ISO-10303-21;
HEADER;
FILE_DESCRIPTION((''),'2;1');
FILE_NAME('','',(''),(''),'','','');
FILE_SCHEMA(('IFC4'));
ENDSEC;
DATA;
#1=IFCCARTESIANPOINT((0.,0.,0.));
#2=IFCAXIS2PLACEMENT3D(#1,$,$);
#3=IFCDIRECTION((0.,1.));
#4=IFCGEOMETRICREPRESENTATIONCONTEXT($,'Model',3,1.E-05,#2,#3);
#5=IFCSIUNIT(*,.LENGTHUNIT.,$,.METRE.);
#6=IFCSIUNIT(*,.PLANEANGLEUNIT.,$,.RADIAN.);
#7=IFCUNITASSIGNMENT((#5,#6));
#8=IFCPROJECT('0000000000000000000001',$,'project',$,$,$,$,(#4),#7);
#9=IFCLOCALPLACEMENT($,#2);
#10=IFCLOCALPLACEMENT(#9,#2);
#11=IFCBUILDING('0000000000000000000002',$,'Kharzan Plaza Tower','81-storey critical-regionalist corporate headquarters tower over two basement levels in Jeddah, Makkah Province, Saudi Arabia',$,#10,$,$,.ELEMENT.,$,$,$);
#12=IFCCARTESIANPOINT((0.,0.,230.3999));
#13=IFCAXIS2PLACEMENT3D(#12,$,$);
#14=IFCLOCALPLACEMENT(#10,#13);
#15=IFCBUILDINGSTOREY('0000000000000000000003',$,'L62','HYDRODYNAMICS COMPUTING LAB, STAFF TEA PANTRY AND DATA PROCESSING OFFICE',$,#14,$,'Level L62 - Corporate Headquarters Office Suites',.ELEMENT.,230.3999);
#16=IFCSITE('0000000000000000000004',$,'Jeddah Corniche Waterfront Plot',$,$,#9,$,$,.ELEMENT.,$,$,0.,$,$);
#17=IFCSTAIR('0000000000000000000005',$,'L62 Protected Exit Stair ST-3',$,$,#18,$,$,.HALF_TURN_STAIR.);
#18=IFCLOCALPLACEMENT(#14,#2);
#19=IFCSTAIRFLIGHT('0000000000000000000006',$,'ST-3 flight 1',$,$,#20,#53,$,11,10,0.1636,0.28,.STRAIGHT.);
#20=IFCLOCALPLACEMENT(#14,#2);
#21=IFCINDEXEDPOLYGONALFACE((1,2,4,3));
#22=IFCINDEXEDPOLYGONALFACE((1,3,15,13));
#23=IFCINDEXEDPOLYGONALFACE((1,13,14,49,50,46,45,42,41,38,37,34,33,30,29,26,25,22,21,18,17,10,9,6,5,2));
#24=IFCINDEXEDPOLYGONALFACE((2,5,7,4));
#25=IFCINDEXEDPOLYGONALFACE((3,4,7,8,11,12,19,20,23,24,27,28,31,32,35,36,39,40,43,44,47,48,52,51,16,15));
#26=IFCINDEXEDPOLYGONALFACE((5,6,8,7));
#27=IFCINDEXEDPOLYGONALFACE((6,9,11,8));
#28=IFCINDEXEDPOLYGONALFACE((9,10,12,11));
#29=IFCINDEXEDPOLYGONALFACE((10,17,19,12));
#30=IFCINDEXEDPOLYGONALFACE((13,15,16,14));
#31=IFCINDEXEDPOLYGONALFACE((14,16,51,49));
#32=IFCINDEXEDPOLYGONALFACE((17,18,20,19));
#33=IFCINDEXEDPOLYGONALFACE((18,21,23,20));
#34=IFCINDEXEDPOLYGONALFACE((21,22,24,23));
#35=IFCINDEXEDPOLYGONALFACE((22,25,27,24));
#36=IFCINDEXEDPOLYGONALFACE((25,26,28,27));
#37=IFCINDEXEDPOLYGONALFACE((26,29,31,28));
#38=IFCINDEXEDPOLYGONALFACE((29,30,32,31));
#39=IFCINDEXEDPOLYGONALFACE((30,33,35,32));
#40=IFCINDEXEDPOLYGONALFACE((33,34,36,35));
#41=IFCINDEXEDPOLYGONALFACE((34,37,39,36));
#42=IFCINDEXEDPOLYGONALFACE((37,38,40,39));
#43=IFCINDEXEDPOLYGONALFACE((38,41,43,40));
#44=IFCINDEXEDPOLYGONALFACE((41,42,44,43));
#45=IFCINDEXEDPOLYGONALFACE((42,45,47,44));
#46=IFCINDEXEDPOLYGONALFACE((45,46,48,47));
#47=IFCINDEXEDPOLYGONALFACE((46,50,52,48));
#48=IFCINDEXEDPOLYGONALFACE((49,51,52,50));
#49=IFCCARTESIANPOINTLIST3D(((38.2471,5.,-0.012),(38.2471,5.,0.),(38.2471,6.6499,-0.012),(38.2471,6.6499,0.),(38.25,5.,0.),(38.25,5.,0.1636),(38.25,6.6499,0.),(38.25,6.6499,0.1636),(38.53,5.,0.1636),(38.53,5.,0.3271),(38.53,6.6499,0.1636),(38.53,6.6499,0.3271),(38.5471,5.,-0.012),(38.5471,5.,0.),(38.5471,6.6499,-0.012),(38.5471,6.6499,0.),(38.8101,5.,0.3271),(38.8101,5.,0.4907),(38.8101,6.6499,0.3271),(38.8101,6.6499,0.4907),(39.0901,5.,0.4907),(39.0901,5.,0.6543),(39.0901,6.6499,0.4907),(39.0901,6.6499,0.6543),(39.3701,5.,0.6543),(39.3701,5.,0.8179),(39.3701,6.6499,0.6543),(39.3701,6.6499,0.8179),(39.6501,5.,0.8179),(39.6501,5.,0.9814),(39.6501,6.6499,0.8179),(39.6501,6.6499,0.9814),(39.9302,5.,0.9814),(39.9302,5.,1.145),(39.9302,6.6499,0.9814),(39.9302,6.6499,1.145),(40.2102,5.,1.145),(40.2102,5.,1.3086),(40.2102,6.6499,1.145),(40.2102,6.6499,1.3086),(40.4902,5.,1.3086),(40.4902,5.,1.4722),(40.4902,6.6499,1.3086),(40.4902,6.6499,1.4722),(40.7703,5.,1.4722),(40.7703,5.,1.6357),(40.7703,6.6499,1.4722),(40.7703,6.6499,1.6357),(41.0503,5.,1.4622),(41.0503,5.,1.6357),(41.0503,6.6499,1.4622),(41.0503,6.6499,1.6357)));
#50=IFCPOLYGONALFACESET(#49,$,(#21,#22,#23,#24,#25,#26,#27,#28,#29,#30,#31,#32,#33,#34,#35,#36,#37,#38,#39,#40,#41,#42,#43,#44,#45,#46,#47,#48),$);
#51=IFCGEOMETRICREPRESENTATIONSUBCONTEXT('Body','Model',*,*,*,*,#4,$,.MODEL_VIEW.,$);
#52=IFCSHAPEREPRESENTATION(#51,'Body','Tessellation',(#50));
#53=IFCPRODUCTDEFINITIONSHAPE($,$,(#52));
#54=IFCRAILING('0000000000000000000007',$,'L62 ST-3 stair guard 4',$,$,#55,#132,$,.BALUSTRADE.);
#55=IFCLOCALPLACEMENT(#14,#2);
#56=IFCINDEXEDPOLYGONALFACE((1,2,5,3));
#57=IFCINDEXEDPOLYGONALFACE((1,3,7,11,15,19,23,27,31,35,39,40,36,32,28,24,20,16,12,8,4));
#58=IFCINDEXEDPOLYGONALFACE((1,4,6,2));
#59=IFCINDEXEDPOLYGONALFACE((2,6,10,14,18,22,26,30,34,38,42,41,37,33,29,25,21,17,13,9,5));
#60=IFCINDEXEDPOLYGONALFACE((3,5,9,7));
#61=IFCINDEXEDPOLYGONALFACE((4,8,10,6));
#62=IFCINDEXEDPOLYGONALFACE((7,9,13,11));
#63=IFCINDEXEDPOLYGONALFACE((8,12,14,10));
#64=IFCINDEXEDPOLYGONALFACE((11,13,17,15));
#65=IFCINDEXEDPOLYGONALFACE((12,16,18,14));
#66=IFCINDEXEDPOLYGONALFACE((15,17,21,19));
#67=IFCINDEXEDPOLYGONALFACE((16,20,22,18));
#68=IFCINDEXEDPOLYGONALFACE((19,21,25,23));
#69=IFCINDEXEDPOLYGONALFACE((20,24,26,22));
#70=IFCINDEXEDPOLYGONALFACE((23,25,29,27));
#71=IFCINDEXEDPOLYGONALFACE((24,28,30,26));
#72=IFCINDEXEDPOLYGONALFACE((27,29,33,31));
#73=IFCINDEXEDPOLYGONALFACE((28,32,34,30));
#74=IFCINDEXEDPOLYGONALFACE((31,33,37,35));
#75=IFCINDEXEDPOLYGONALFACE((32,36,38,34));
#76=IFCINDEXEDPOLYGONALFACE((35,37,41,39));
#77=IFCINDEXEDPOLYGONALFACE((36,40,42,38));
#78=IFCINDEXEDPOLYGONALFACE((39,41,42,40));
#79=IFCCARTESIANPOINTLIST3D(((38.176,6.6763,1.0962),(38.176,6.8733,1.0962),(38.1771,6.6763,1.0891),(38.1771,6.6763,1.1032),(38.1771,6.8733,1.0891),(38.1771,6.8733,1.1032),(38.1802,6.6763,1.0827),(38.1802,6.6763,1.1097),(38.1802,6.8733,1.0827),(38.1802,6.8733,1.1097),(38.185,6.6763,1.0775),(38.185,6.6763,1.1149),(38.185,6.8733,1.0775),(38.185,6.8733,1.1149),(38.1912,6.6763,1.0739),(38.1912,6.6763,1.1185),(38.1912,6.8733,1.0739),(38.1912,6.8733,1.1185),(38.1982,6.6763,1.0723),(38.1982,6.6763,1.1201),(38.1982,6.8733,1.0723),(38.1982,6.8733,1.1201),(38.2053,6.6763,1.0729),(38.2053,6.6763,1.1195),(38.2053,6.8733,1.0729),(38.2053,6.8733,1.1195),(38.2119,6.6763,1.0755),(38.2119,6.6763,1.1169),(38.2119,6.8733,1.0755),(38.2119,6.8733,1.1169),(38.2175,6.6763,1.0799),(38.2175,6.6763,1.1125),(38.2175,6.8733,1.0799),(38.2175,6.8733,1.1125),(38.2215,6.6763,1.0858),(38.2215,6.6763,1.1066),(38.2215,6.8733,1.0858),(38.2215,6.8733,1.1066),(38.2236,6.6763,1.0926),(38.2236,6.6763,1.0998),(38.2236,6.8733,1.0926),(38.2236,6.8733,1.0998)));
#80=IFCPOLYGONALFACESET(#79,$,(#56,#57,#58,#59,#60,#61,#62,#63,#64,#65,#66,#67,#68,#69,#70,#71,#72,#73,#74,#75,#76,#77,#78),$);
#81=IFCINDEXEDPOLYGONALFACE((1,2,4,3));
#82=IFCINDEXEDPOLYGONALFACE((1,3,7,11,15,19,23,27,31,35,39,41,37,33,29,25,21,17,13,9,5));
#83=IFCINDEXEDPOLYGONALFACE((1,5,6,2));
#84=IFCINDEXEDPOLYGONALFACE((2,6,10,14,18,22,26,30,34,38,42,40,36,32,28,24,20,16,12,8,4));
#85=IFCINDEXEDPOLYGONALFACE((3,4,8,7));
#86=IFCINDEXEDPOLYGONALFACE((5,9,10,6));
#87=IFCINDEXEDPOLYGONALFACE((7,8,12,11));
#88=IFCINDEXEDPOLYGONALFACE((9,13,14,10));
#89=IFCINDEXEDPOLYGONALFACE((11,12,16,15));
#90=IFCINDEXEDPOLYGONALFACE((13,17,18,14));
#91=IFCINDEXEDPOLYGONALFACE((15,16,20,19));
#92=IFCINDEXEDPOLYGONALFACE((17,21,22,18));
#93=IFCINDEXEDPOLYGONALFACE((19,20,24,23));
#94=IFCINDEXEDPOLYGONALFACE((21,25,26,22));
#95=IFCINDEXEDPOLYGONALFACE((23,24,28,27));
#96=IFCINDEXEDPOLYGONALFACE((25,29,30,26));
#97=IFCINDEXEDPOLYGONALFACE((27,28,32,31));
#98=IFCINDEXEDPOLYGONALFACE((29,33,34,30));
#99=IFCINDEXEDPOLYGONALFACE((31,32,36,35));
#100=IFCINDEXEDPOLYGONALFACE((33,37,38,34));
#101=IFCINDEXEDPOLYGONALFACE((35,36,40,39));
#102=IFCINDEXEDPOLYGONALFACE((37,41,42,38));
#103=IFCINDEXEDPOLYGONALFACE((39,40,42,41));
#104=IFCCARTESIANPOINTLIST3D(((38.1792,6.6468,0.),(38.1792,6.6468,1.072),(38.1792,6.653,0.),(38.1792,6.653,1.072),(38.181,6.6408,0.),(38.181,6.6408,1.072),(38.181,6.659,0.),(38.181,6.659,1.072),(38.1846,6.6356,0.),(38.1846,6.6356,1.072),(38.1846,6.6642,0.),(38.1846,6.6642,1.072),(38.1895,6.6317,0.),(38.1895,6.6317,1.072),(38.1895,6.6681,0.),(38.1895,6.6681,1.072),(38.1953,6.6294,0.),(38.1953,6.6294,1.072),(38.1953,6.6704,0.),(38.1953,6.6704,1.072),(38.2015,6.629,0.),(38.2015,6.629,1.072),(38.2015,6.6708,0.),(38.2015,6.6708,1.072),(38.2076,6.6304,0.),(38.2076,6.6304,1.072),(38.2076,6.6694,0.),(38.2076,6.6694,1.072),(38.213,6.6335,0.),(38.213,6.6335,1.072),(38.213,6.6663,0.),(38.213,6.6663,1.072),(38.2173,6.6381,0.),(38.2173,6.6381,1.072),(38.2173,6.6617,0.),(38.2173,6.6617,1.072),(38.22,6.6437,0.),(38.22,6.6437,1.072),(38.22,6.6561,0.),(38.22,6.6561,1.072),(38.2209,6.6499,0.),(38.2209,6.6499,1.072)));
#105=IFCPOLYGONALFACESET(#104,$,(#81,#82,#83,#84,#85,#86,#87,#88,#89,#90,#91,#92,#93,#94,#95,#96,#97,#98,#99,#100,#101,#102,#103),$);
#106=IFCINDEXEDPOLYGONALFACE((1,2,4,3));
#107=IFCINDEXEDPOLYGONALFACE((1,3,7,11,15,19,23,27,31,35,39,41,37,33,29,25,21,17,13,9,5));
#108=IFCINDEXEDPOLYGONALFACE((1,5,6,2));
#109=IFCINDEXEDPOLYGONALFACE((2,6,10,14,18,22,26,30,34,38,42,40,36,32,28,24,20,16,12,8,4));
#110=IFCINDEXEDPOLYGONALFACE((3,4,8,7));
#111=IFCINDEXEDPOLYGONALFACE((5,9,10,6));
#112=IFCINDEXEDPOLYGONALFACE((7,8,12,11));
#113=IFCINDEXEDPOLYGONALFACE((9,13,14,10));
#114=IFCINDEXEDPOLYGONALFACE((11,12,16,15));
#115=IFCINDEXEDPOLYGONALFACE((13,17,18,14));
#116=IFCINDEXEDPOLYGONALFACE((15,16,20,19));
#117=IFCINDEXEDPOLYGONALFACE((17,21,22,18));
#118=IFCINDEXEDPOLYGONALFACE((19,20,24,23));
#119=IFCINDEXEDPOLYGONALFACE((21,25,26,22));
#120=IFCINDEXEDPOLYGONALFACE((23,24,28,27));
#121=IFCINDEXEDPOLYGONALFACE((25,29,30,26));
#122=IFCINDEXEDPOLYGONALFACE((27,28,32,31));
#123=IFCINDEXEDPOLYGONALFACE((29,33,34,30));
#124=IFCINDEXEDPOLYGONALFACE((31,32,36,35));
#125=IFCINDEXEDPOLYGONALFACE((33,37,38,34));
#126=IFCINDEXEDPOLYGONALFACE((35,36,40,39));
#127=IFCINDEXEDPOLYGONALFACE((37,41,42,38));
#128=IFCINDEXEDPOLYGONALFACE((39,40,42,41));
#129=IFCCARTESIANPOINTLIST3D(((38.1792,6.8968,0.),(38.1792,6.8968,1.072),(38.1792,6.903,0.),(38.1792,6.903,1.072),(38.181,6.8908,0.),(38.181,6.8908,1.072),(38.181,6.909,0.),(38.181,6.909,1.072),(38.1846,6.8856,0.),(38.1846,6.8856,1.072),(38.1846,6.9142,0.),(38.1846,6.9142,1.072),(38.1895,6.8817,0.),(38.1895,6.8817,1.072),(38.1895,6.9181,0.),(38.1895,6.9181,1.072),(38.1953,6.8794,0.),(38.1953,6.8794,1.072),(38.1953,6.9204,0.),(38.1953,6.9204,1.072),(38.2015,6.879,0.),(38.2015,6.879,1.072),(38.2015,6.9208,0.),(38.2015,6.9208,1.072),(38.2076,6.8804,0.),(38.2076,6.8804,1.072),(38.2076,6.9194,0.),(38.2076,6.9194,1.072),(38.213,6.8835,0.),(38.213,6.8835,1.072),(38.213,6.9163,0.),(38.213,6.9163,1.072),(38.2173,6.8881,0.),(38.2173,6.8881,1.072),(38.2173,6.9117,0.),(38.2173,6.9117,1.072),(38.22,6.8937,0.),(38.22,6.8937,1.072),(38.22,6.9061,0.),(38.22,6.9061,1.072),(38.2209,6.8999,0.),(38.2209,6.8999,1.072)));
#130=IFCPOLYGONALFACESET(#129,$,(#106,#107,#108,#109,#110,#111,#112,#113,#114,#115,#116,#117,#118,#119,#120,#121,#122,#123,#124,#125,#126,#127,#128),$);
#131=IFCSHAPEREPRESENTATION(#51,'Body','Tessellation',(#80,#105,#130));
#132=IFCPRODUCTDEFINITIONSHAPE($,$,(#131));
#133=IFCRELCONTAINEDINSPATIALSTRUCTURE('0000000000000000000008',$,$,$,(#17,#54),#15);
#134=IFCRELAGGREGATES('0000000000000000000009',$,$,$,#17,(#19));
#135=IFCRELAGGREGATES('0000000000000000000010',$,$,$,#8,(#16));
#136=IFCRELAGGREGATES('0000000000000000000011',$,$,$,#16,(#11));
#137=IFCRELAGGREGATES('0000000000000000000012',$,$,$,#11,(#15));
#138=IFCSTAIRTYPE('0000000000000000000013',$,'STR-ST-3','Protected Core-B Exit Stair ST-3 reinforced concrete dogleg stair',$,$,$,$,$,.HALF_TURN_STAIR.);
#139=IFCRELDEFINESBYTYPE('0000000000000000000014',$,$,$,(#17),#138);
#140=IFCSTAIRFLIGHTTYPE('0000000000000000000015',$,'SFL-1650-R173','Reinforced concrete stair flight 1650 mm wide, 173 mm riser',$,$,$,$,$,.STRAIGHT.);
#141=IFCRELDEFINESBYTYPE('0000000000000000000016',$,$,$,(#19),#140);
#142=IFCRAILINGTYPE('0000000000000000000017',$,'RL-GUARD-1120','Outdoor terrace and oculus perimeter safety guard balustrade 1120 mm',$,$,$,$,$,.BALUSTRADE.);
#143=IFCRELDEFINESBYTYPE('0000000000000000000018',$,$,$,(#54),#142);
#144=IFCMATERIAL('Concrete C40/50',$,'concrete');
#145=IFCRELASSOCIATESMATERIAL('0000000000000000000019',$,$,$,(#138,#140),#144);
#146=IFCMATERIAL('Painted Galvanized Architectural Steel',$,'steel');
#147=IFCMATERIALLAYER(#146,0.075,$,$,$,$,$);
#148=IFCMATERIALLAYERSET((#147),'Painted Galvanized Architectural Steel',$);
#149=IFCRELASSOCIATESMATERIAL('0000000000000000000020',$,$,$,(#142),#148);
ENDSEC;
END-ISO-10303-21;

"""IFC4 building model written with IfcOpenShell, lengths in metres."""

from ifc_helpers import new_model, si_unit, direction, frame, origin, origin_2d, place, context, subcontext, project, spatial, polyline, circle, outline, extrude, source, transform, mapped, material, layer, layer_set, type_object, element, aggregate, save


model = new_model("IFC4")

# Units and contexts
model_context = context("Model", 3, precision=1e-05, world=origin(), true_north=direction((0.0, 1.0)))
body_context = subcontext(model_context, "Body", "Model", "MODEL_VIEW")
ifc_project = project(units=[si_unit("LENGTHUNIT", "METRE"), si_unit("PLANEANGLEUNIT", "RADIAN")], contexts=[model_context])

# Site, building, storey
site_placement = place(None, origin())
site = spatial("IfcSite", under=ifc_project, at=site_placement, Name="Jeddah Corniche Waterfront Plot", CompositionType="ELEMENT", RefElevation=0.0)
building_placement = place(site_placement, origin())
building = spatial("IfcBuilding", under=site, at=building_placement, Name="Kharzan Plaza Tower", Description="81-storey critical-regionalist corporate headquarters tower over two basement levels in Jeddah, Makkah Province, Saudi Arabia", CompositionType="ELEMENT")
storey_placement = place(building_placement, frame((0.0, 0.0, 230.3999)))
storey = spatial("IfcBuildingStorey", under=building, at=storey_placement, Name="L62", Description="HYDRODYNAMICS COMPUTING LAB, STAFF TEA PANTRY AND DATA PROCESSING OFFICE", LongName="Level L62 - Corporate Headquarters Office Suites", CompositionType="ELEMENT", Elevation=230.3999)

# Shared definitions
ifc_material_1 = material(Name="Concrete C40/50", Category="concrete")

# Stair, stair flight
stair_type = type_object("IfcStairType", Name="STR-ST-3", Description="Protected Core-B Exit Stair ST-3 reinforced concrete dogleg stair", PredefinedType="HALF_TURN_STAIR", material=ifc_material_1)
stair_placement = place(storey_placement, origin())
stair = element("IfcStair", 1, at=stair_placement, inside=storey, type_object=stair_type, Name="L62 Protected Exit Stair ST-3", PredefinedType="HALF_TURN_STAIR")
stair_flight_type = type_object("IfcStairFlightType", Name="SFL-1650-R173", Description="Reinforced concrete stair flight 1650 mm wide, 173 mm riser", PredefinedType="STRAIGHT", material=ifc_material_1)
shared_shape_1 = source(origin(), body_context, "Body", "SweptSolid", [
    extrude(outline(polyline([(-0.0029, -0.012), (-0.0029, 0.0), (0.0, 0.0), (0.0, 0.1636), (0.28, 0.1636), (0.28, 0.3271), (0.5601, 0.3271), (0.5601, 0.4907), (0.8401, 0.4907), (0.8401, 0.6543), (1.1201, 0.6543), (1.1201, 0.8179), (1.4001, 0.8179), (1.4001, 0.9814), (1.6802, 0.9814), (1.6802, 1.145), (1.9602, 1.145), (1.9602, 1.3086), (2.2402, 1.3086), (2.2402, 1.4722), (2.5203, 1.4722), (2.5203, 1.6357), (2.8003, 1.6357), (2.8003, 1.7993), (2.8003, 1.4622), (0.2971, 0.0), (0.2971, -0.012), (-0.0029, -0.012)])), frame((0.0, 0.825, 0.0), z_axis=(0.0, -1.0, 0.0), x_axis=(1.0, 0.0, 0.0)), (0.0, 0.0, 1.0), 1.6499),
])
stair_flight_placement = place(storey_placement, frame((38.25, 5.825, 0.0), z_axis=(0.0, 0.0, 1.0), x_axis=(1.0, 0.0, 0.0)))
stair_flight = element("IfcStairFlight", 2, at=stair_flight_placement, type_object=stair_flight_type, Name="ST-3 flight 1", NumberOfRisers=11, NumberOfTreads=10, PredefinedType="STRAIGHT", RiserHeight=0.1636, TreadLength=0.28, context=body_context, shape_type="MappedRepresentation", body=[
    mapped(shared_shape_1, transform((0.0, 0.0, 0.0), x_axis=(1.0, 0.0, 0.0), y_axis=(0.0, 1.0, 0.0), z_axis=(0.0, 0.0, 1.0))),
])
aggregate(stair, [stair_flight])

# Railing
ifc_material_2 = material(Name="Painted Galvanized Architectural Steel", Category="steel")
ifc_layer_1 = layer(ifc_material_2, 0.075)
ifc_layer_set_1 = layer_set([ifc_layer_1], Name="Painted Galvanized Architectural Steel")
railing_type_1 = type_object("IfcRailingType", Name="RL-GUARD-1120", Description="Outdoor terrace and oculus perimeter safety guard balustrade 1120 mm", PredefinedType="BALUSTRADE", material=ifc_layer_set_1)
shared_shape_2 = source(origin(), body_context, "Body", "SweptSolid", [
    extrude(circle(Radius=0.0239, at=origin_2d()), frame((0.0, 0.0264, 1.0962), z_axis=(0.0, 1.0, 0.0), x_axis=(-1.0, 0.0, 0.0)), (0.0, 0.0, 1.0), 0.197),
    extrude(circle(Radius=0.021, at=origin_2d()), origin(), (0.0, 0.0, 1.0), 1.072),
    extrude(circle(Radius=0.021, at=origin_2d()), frame((0.0, 0.25, 0.0)), (0.0, 0.0, 1.0), 1.072),
])
railing_1_placement = place(storey_placement, frame((38.2, 6.6499, 0.0)))
element("IfcRailing", 3, at=railing_1_placement, inside=storey, type_object=railing_type_1, Name="L62 ST-3 stair guard 4", PredefinedType="BALUSTRADE", context=body_context, shape_type="MappedRepresentation", body=[
    mapped(shared_shape_2, transform((0.0, 0.0, 0.0), x_axis=(1.0, 0.0, 0.0), y_axis=(0.0, 1.0, 0.0), z_axis=(0.0, 0.0, 1.0))),
])

save(model, "model.ifc")
